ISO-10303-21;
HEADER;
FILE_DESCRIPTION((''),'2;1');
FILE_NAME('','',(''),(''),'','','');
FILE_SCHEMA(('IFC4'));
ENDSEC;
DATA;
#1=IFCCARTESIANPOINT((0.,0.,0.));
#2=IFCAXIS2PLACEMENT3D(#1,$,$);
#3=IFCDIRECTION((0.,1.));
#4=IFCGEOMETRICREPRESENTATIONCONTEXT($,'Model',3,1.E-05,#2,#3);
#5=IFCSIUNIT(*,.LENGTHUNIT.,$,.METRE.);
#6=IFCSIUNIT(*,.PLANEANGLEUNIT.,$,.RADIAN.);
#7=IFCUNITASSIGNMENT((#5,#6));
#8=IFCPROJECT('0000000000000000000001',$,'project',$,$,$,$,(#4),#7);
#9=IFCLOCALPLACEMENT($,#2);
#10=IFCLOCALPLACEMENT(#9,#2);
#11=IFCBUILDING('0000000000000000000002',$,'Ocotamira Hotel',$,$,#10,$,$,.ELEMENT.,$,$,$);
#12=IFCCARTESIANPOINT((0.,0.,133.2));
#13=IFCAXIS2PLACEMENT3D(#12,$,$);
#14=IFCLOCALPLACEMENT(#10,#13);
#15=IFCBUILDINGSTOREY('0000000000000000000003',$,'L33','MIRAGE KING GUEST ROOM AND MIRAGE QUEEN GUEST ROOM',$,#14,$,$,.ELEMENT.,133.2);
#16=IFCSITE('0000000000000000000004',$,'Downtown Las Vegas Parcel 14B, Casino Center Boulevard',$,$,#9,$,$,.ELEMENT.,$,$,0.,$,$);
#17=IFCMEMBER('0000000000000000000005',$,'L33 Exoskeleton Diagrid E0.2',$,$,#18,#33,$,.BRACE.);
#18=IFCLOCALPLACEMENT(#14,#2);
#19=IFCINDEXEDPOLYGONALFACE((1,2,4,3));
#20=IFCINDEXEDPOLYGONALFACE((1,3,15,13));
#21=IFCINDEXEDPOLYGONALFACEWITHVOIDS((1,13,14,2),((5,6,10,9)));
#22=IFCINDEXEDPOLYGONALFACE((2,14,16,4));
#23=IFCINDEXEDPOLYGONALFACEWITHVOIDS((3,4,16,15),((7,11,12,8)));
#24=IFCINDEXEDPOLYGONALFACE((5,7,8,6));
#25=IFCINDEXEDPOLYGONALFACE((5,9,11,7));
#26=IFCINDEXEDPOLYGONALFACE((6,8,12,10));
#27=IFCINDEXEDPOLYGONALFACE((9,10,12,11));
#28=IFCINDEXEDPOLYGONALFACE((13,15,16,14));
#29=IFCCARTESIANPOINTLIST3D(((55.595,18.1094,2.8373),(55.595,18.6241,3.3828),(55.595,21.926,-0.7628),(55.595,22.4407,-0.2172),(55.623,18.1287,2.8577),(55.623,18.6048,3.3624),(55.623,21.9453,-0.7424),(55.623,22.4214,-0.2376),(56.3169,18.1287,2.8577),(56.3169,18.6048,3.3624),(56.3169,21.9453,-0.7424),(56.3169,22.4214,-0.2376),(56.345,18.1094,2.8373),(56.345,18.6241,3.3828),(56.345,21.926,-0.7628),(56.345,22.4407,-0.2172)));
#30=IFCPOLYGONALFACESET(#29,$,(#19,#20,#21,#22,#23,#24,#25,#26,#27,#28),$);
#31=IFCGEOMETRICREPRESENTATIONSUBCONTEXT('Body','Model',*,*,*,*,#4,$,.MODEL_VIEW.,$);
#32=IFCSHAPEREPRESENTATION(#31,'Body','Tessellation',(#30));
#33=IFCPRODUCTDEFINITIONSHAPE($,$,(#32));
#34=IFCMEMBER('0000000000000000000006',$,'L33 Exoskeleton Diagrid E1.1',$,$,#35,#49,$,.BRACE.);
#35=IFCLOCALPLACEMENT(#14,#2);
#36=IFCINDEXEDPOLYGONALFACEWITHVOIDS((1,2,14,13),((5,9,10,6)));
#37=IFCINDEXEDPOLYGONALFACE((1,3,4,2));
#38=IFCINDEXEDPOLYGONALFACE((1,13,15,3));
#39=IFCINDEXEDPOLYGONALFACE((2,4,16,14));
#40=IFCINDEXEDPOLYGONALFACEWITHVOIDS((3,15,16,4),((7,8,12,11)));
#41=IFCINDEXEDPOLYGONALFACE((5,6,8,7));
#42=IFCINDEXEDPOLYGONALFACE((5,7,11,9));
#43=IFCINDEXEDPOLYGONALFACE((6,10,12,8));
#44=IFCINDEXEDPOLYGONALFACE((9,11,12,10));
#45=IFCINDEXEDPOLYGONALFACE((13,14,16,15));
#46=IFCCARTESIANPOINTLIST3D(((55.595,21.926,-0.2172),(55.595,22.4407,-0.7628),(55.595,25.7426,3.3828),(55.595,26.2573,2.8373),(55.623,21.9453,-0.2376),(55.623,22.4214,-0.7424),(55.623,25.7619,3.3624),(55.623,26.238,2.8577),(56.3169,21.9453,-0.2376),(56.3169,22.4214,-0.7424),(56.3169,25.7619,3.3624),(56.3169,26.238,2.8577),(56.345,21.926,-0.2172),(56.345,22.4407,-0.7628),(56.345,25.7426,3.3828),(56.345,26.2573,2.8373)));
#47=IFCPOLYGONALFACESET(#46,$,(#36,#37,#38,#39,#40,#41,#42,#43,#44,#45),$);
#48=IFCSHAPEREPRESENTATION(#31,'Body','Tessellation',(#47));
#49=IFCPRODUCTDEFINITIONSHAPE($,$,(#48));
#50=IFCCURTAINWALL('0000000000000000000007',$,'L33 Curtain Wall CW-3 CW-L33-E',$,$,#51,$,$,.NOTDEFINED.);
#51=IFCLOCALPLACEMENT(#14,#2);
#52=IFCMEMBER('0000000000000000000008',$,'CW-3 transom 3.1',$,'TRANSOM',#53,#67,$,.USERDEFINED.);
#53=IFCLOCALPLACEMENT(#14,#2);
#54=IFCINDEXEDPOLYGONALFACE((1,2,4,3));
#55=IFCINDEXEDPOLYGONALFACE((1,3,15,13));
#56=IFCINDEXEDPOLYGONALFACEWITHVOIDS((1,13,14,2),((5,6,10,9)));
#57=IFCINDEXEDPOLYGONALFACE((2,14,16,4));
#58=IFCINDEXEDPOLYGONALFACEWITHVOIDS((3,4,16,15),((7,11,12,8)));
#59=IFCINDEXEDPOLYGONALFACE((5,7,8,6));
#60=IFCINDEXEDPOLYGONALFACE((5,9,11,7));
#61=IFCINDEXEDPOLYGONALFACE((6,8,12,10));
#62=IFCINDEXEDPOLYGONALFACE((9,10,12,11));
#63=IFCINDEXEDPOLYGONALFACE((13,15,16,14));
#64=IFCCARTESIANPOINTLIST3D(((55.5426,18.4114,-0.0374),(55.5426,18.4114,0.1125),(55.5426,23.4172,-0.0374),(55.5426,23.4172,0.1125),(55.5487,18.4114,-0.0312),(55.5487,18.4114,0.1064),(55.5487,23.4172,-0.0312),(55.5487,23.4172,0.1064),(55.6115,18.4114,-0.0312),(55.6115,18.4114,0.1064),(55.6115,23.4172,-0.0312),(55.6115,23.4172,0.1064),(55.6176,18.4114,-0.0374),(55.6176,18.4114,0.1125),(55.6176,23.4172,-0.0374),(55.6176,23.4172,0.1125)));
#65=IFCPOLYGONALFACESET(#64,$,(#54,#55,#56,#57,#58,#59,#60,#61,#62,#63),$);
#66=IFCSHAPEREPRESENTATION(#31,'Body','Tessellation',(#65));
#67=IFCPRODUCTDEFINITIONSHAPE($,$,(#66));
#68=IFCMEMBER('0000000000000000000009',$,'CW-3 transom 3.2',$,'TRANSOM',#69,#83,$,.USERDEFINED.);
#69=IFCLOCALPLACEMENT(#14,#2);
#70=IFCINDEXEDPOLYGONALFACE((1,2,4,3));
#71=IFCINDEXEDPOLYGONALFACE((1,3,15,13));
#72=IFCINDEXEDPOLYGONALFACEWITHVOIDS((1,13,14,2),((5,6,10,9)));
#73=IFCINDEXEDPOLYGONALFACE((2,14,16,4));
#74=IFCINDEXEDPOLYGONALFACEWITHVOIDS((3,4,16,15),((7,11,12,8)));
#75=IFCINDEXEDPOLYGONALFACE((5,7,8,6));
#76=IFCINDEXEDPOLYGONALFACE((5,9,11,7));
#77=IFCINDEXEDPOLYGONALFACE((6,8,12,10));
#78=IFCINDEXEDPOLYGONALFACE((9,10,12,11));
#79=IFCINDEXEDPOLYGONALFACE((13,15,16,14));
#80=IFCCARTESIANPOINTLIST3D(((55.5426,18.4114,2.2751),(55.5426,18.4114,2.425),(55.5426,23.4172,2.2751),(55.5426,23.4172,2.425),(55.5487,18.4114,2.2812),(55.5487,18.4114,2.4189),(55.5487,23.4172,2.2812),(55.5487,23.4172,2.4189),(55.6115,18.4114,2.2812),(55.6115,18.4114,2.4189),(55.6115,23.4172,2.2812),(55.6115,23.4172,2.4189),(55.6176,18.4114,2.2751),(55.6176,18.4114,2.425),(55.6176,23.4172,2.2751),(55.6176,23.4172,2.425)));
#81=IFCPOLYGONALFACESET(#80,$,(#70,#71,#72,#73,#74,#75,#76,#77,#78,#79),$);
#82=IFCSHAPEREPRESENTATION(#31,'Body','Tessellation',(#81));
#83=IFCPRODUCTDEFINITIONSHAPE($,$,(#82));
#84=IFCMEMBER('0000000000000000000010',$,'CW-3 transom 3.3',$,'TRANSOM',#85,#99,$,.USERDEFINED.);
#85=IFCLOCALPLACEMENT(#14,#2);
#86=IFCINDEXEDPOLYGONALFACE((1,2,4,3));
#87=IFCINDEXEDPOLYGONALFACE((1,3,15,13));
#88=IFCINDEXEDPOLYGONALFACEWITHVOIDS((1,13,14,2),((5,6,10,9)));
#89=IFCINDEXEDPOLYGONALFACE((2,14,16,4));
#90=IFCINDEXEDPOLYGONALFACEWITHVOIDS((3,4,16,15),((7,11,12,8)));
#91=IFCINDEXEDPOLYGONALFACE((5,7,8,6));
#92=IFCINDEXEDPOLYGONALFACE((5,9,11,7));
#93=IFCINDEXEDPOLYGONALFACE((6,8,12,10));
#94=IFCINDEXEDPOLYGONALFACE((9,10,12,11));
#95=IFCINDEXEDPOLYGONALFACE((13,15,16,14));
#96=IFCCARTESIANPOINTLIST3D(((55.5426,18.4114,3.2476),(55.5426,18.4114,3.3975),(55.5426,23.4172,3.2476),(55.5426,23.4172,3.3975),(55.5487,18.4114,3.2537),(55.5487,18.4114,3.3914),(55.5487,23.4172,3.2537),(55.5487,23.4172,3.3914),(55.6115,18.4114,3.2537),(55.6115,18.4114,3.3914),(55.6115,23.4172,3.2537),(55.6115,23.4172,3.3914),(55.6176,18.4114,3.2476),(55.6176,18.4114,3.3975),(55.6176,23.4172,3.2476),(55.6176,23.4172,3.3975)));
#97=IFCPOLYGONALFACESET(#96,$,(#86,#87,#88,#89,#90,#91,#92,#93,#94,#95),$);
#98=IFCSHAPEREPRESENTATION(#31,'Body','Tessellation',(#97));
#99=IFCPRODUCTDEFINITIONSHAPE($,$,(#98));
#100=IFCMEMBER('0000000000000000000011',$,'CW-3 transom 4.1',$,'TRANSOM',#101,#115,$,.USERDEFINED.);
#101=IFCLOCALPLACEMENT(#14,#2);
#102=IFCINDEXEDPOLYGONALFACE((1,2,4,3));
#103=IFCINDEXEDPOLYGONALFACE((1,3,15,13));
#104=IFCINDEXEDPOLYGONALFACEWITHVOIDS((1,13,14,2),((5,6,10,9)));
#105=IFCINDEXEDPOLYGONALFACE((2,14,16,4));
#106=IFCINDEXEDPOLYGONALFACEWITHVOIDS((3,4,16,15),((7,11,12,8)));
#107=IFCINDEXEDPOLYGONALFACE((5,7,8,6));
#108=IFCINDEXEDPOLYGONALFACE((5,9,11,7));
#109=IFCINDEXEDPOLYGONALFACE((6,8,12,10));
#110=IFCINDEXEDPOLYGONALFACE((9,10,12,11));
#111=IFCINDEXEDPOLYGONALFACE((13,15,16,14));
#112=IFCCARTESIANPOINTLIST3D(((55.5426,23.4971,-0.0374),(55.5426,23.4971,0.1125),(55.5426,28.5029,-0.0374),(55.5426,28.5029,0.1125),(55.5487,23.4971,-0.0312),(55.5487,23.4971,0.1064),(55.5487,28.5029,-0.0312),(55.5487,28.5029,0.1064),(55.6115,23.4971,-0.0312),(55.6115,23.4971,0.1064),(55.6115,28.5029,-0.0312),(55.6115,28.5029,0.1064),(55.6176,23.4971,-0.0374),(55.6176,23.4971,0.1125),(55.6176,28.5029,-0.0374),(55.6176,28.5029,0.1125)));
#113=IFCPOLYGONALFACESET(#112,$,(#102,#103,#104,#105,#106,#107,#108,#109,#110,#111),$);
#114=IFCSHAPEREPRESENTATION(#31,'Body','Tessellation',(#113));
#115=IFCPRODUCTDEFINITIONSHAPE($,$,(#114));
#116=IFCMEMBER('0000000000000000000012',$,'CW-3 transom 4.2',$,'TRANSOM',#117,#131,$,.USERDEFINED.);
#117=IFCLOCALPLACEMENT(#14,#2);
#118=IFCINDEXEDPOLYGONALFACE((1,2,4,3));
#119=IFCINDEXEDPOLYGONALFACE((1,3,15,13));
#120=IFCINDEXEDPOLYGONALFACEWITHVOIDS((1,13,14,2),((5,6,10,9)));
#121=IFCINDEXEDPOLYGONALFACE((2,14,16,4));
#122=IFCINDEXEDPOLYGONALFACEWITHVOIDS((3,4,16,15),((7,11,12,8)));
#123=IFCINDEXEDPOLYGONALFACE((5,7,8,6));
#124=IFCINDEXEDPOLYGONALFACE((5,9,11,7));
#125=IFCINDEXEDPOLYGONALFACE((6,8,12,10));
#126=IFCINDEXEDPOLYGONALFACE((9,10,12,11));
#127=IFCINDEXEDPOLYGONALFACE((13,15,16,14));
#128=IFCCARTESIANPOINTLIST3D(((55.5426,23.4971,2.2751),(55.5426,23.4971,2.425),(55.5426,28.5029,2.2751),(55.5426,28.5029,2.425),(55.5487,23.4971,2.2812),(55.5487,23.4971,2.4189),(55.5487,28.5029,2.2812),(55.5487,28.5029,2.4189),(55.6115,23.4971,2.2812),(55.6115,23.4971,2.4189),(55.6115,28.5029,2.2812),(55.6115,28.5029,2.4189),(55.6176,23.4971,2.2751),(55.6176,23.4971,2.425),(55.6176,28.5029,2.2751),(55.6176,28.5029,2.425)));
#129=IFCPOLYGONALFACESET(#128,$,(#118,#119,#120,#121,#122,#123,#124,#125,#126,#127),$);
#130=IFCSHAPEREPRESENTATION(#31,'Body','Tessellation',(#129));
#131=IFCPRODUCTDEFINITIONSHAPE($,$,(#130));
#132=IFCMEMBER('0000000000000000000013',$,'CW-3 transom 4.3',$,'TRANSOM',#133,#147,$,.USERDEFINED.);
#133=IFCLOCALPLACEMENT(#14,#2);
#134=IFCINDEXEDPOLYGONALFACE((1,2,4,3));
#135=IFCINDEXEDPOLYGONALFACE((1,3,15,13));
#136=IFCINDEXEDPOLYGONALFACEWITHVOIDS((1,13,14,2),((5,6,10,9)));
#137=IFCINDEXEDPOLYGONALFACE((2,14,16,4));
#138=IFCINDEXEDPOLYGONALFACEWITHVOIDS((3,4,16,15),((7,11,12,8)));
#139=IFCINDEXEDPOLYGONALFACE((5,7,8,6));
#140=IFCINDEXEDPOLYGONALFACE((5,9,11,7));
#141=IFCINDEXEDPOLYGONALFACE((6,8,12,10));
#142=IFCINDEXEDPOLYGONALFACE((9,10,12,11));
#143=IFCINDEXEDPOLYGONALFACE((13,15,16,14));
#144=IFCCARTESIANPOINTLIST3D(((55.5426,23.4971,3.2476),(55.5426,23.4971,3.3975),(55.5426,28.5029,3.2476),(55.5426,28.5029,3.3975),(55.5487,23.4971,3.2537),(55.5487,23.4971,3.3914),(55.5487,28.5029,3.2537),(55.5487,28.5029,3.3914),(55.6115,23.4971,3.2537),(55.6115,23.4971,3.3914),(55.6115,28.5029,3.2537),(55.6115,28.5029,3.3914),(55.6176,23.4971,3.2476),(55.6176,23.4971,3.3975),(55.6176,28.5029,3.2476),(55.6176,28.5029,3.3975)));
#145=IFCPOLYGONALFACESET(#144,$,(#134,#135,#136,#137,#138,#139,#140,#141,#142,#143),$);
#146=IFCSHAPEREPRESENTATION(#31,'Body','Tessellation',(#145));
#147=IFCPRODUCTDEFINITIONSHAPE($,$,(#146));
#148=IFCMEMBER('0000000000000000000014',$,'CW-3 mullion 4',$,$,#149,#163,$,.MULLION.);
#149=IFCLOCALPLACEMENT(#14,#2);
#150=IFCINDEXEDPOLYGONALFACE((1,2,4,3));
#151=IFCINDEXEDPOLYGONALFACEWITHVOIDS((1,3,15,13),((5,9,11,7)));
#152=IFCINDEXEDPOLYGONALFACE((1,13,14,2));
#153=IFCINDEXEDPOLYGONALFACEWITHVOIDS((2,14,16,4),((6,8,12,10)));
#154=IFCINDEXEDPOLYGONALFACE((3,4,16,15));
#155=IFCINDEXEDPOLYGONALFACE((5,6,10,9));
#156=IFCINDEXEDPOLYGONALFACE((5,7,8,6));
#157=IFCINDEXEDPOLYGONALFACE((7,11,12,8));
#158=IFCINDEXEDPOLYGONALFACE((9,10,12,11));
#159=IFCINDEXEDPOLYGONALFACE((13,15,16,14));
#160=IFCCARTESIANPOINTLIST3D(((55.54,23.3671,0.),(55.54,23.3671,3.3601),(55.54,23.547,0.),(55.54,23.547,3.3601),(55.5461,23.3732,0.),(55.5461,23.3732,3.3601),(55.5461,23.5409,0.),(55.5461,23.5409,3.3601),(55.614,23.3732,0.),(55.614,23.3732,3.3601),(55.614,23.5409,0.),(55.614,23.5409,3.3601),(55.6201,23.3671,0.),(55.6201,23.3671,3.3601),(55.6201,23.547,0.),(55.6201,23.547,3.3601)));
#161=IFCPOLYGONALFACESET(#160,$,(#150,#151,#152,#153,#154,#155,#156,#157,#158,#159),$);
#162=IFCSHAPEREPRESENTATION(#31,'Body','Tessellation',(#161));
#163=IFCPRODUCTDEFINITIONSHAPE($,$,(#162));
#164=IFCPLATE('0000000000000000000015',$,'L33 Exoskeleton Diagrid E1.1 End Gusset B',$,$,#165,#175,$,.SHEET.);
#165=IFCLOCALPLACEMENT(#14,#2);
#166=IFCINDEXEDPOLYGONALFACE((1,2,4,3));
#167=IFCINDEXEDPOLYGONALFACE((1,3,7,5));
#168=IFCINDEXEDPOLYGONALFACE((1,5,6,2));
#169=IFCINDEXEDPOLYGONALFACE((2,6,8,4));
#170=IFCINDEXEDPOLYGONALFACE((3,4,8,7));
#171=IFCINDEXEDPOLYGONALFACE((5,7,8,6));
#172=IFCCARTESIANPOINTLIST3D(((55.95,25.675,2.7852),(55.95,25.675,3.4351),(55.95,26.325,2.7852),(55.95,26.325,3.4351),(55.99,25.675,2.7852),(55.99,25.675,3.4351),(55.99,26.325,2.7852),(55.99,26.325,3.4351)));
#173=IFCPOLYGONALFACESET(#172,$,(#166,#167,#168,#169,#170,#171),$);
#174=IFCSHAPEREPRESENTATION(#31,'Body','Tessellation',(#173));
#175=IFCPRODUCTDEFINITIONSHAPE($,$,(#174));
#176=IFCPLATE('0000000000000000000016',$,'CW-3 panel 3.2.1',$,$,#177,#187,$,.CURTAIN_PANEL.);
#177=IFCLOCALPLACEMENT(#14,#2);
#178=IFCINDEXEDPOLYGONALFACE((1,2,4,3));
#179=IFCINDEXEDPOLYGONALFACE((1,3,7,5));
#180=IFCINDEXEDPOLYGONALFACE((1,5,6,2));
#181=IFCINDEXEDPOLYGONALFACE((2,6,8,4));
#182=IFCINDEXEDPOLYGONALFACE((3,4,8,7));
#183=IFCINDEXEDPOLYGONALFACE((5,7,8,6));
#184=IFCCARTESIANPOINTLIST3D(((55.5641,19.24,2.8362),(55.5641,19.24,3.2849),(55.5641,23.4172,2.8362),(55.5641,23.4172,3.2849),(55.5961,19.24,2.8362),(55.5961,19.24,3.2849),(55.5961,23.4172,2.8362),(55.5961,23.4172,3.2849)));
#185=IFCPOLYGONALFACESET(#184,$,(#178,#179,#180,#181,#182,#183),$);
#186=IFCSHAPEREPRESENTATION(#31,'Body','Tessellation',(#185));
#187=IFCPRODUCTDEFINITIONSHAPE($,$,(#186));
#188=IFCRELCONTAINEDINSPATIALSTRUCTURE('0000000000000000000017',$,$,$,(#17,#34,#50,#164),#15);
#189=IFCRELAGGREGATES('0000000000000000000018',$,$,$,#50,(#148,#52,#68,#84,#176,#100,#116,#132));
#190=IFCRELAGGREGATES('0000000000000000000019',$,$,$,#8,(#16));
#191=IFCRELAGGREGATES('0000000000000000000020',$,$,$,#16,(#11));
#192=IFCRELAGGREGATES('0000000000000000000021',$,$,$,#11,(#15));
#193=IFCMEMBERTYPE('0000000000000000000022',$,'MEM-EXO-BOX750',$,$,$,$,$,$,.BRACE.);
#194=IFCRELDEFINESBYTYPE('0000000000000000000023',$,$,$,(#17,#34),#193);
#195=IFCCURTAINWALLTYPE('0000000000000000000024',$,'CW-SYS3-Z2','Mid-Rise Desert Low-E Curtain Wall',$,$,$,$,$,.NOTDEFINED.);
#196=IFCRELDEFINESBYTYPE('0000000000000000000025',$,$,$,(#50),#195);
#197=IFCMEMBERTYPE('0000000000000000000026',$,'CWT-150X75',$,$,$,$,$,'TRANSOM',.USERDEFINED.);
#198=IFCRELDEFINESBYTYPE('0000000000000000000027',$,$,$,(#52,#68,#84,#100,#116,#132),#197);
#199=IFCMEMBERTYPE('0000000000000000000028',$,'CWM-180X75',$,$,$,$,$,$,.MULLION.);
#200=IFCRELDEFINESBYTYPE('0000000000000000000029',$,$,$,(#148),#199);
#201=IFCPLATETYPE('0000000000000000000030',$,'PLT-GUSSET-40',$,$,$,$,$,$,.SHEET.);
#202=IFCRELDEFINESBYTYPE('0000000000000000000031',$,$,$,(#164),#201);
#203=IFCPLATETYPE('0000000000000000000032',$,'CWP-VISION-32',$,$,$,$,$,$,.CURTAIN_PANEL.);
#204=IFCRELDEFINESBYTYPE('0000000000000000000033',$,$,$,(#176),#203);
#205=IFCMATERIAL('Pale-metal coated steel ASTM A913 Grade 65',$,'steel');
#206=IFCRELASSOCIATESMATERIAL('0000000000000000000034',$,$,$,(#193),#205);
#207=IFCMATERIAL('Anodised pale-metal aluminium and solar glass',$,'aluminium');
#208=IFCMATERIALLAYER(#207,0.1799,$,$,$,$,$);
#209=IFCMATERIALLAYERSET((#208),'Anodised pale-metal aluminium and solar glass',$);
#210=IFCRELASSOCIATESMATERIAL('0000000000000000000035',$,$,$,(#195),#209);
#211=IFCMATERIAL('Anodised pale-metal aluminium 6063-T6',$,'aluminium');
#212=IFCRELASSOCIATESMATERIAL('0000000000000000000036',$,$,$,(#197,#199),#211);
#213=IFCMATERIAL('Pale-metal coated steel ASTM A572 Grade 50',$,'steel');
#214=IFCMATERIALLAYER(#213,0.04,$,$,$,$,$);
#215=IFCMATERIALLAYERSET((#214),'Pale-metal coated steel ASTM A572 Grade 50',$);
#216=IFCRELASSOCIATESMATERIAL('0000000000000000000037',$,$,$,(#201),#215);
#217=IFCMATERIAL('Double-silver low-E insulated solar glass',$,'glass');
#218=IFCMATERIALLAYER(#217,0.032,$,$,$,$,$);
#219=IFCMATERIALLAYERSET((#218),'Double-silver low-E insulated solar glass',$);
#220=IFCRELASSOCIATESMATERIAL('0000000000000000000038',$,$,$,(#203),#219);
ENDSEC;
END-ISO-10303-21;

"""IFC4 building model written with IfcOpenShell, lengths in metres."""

from ifc_helpers import new_model, si_unit, direction, frame, origin, origin_2d, place, context, subcontext, project, spatial, rectangle, hollow_rectangle, extrude, source, transform, mapped, material, layer, layer_set, material_profile, profile_set, type_object, element, aggregate, save


model = new_model("IFC4")

# Units and contexts
model_context = context("Model", 3, precision=1e-05, world=origin(), true_north=direction((0.0, 1.0)))
body_context = subcontext(model_context, "Body", "Model", "MODEL_VIEW")
ifc_project = project(units=[si_unit("LENGTHUNIT", "METRE"), si_unit("PLANEANGLEUNIT", "RADIAN")], contexts=[model_context])

# Site, building, storey
site_placement = place(None, origin())
site = spatial("IfcSite", under=ifc_project, at=site_placement, Name="Downtown Las Vegas Parcel 14B, Casino Center Boulevard", CompositionType="ELEMENT", RefElevation=0.0)
building_placement = place(site_placement, origin())
building = spatial("IfcBuilding", under=site, at=building_placement, Name="Ocotamira Hotel", CompositionType="ELEMENT")
storey_placement = place(building_placement, frame((0.0, 0.0, 133.2)))
storey = spatial("IfcBuildingStorey", under=building, at=storey_placement, Name="L33", Description="MIRAGE KING GUEST ROOM AND MIRAGE QUEEN GUEST ROOM", CompositionType="ELEMENT", Elevation=133.2)

# Members
ifc_material_1 = material(Name="Pale-metal coated steel ASTM A913 Grade 65", Category="steel")
ifc_material_profile_1 = material_profile(ifc_material_1, hollow_rectangle(XDim=0.75, YDim=0.75, WallThickness=0.0281, at=origin_2d()), Name="BOX750X750X28")
ifc_profile_set_1 = profile_set([ifc_material_profile_1], Name="Pale-metal coated steel ASTM A913 Grade 65")
member_type_1 = type_object("IfcMemberType", Name="MEM-EXO-BOX750", PredefinedType="BRACE", material=ifc_profile_set_1)
shared_shape_1 = source(origin(), body_context, "Body", "SweptSolid", [
    extrude(hollow_rectangle(XDim=0.75, YDim=0.75, WallThickness=0.0281, at=origin_2d()), origin(), (0.0, 0.0, 1.0), 5.2466),
])
for number, where, z_axis, x_axis, name in (
    (1, (55.97, 22.1833, -0.49), (0.0, -0.727443, 0.686168), (1.0, 0.0, 0.0), "L33 Exoskeleton Diagrid E0.2"),
    (2, (55.97, 22.1833, -0.49), (0.0, 0.727443, 0.686168), (-1.0, 0.0, 0.0), "L33 Exoskeleton Diagrid E1.1"),
):
    element("IfcMember", number, at=place(storey_placement, frame(where, z_axis=z_axis, x_axis=x_axis)), inside=storey, type_object=member_type_1, Name=name, PredefinedType="BRACE", context=body_context, shape_type="MappedRepresentation", body=[
        mapped(shared_shape_1, transform((0.0, 0.0, 0.0), scale=1.0)),
    ])

# Curtain wall, members
ifc_material_2 = material(Name="Anodised pale-metal aluminium and solar glass", Category="aluminium")
ifc_layer_1 = layer(ifc_material_2, 0.1799)
ifc_layer_set_1 = layer_set([ifc_layer_1], Name="Anodised pale-metal aluminium and solar glass")
curtain_wall_type = type_object("IfcCurtainWallType", Name="CW-SYS3-Z2", Description="Mid-Rise Desert Low-E Curtain Wall", PredefinedType="NOTDEFINED", material=ifc_layer_set_1)
curtain_wall_placement = place(storey_placement, origin())
curtain_wall = element("IfcCurtainWall", 3, at=curtain_wall_placement, inside=storey, type_object=curtain_wall_type, Name="L33 Curtain Wall CW-3 CW-L33-E", PredefinedType="NOTDEFINED")
ifc_material_3 = material(Name="Anodised pale-metal aluminium 6063-T6", Category="aluminium")
ifc_material_profile_2 = material_profile(ifc_material_3, hollow_rectangle(XDim=0.075, YDim=0.1499, WallThickness=0.0061, at=origin_2d()), Name="HSS150X75X6")
ifc_profile_set_2 = profile_set([ifc_material_profile_2], Name="Anodised pale-metal aluminium 6063-T6")
member_type_2 = type_object("IfcMemberType", Name="CWT-150X75", ElementType="TRANSOM", PredefinedType="USERDEFINED", material=ifc_profile_set_2)
shared_shape_2 = source(origin(), body_context, "Body", "SweptSolid", [
    extrude(hollow_rectangle(XDim=0.075, YDim=0.1499, WallThickness=0.0061, at=origin_2d()), origin(), (0.0, 0.0, 1.0), 5.0059),
])
member_1_placement = place(storey_placement, frame((55.5801, 18.4114, 0.0376), z_axis=(0.0, 1.0, 0.0), x_axis=(-1.0, 0.0, 0.0)))
member_1 = element("IfcMember", 4, at=member_1_placement, type_object=member_type_2, Name="CW-3 transom 3.1", ObjectType="TRANSOM", PredefinedType="USERDEFINED", context=body_context, shape_type="MappedRepresentation", body=[
    mapped(shared_shape_2, transform((0.0, 0.0, 0.0), scale=1.0)),
])
member_2_placement = place(storey_placement, frame((55.5801, 18.4114, 2.3501), z_axis=(0.0, 1.0, 0.0), x_axis=(-1.0, 0.0, 0.0)))
member_2 = element("IfcMember", 5, at=member_2_placement, type_object=member_type_2, Name="CW-3 transom 3.2", ObjectType="TRANSOM", PredefinedType="USERDEFINED", context=body_context, shape_type="MappedRepresentation", body=[
    mapped(shared_shape_2, transform((0.0, 0.0, 0.0), scale=1.0)),
])
member_3_placement = place(storey_placement, frame((55.5801, 18.4114, 3.3225), z_axis=(0.0, 1.0, 0.0), x_axis=(-1.0, 0.0, 0.0)))
member_3 = element("IfcMember", 6, at=member_3_placement, type_object=member_type_2, Name="CW-3 transom 3.3", ObjectType="TRANSOM", PredefinedType="USERDEFINED", context=body_context, shape_type="MappedRepresentation", body=[
    mapped(shared_shape_2, transform((0.0, 0.0, 0.0), scale=1.0)),
])
member_4_placement = place(storey_placement, frame((55.5801, 23.4971, 0.0376), z_axis=(0.0, 1.0, 0.0), x_axis=(-1.0, 0.0, 0.0)))
member_4 = element("IfcMember", 7, at=member_4_placement, type_object=member_type_2, Name="CW-3 transom 4.1", ObjectType="TRANSOM", PredefinedType="USERDEFINED", context=body_context, shape_type="MappedRepresentation", body=[
    mapped(shared_shape_2, transform((0.0, 0.0, 0.0), scale=1.0)),
])
member_5_placement = place(storey_placement, frame((55.5801, 23.4971, 2.3501), z_axis=(0.0, 1.0, 0.0), x_axis=(-1.0, 0.0, 0.0)))
member_5 = element("IfcMember", 8, at=member_5_placement, type_object=member_type_2, Name="CW-3 transom 4.2", ObjectType="TRANSOM", PredefinedType="USERDEFINED", context=body_context, shape_type="MappedRepresentation", body=[
    mapped(shared_shape_2, transform((0.0, 0.0, 0.0), scale=1.0)),
])
member_6_placement = place(storey_placement, frame((55.5801, 23.4971, 3.3225), z_axis=(0.0, 1.0, 0.0), x_axis=(-1.0, 0.0, 0.0)))
member_6 = element("IfcMember", 9, at=member_6_placement, type_object=member_type_2, Name="CW-3 transom 4.3", ObjectType="TRANSOM", PredefinedType="USERDEFINED", context=body_context, shape_type="MappedRepresentation", body=[
    mapped(shared_shape_2, transform((0.0, 0.0, 0.0), scale=1.0)),
])
ifc_material_profile_3 = material_profile(ifc_material_3, hollow_rectangle(XDim=0.0801, YDim=0.1799, WallThickness=0.0061, at=origin_2d()), Name="HSS180X80X6")
ifc_profile_set_3 = profile_set([ifc_material_profile_3], Name="Anodised pale-metal aluminium 6063-T6")
member_type_3 = type_object("IfcMemberType", Name="CWM-180X75", PredefinedType="MULLION", material=ifc_profile_set_3)
shared_shape_3 = source(origin(), body_context, "Body", "SweptSolid", [
    extrude(hollow_rectangle(XDim=0.0801, YDim=0.1799, WallThickness=0.0061, at=origin_2d()), origin(), (0.0, 0.0, 1.0), 3.3601),
])
member_7_placement = place(storey_placement, frame((55.5801, 23.457, 0.0), z_axis=(0.0, 0.0, 1.0), x_axis=(-1.0, 0.0, 0.0)))
member_7 = element("IfcMember", 10, at=member_7_placement, type_object=member_type_3, Name="CW-3 mullion 4", PredefinedType="MULLION", context=body_context, shape_type="MappedRepresentation", body=[
    mapped(shared_shape_3, transform((0.0, 0.0, 0.0), scale=1.0)),
])

# Plates
ifc_material_4 = material(Name="Pale-metal coated steel ASTM A572 Grade 50", Category="steel")
ifc_layer_2 = layer(ifc_material_4, 0.04)
ifc_layer_set_2 = layer_set([ifc_layer_2], Name="Pale-metal coated steel ASTM A572 Grade 50")
plate_type_1 = type_object("IfcPlateType", Name="PLT-GUSSET-40", PredefinedType="SHEET", material=ifc_layer_set_2)
shared_shape_4 = source(origin(), body_context, "Body", "SweptSolid", [
    extrude(rectangle(XDim=0.04, YDim=0.6499, at=origin_2d()), origin(), (0.0, 0.0, 1.0), 0.6499),
])
plate_1_placement = place(storey_placement, frame((55.97, 26.0, 2.7852), z_axis=(0.0, 0.0, 1.0), x_axis=(1.0, 0.0, 0.0)))
element("IfcPlate", 11, at=plate_1_placement, inside=storey, type_object=plate_type_1, Name="L33 Exoskeleton Diagrid E1.1 End Gusset B", PredefinedType="SHEET", context=body_context, shape_type="MappedRepresentation", body=[
    mapped(shared_shape_4, transform((0.0, 0.0, 0.0), scale=1.0)),
])
ifc_material_5 = material(Name="Double-silver low-E insulated solar glass", Category="glass")
ifc_layer_3 = layer(ifc_material_5, 0.032)
ifc_layer_set_3 = layer_set([ifc_layer_3], Name="Double-silver low-E insulated solar glass")
plate_type_2 = type_object("IfcPlateType", Name="CWP-VISION-32", PredefinedType="CURTAIN_PANEL", material=ifc_layer_set_3)
shared_shape_5 = source(origin(), body_context, "Body", "SweptSolid", [
    extrude(rectangle(XDim=4.1772, YDim=0.032, at=origin_2d()), origin(), (0.0, 0.0, 1.0), 0.4487),
])
plate_2_placement = place(storey_placement, frame((55.5801, 21.3286, 2.8362), z_axis=(0.0, 0.0, 1.0), x_axis=(0.0, 1.0, 0.0)))
plate_2 = element("IfcPlate", 12, at=plate_2_placement, type_object=plate_type_2, Name="CW-3 panel 3.2.1", PredefinedType="CURTAIN_PANEL", context=body_context, shape_type="MappedRepresentation", body=[
    mapped(shared_shape_5, transform((0.0, 0.0, 0.0), scale=1.0)),
])
aggregate(curtain_wall, [member_7, member_1, member_2, member_3, plate_2, member_4, member_5, member_6])

save(model, "model.ifc")
